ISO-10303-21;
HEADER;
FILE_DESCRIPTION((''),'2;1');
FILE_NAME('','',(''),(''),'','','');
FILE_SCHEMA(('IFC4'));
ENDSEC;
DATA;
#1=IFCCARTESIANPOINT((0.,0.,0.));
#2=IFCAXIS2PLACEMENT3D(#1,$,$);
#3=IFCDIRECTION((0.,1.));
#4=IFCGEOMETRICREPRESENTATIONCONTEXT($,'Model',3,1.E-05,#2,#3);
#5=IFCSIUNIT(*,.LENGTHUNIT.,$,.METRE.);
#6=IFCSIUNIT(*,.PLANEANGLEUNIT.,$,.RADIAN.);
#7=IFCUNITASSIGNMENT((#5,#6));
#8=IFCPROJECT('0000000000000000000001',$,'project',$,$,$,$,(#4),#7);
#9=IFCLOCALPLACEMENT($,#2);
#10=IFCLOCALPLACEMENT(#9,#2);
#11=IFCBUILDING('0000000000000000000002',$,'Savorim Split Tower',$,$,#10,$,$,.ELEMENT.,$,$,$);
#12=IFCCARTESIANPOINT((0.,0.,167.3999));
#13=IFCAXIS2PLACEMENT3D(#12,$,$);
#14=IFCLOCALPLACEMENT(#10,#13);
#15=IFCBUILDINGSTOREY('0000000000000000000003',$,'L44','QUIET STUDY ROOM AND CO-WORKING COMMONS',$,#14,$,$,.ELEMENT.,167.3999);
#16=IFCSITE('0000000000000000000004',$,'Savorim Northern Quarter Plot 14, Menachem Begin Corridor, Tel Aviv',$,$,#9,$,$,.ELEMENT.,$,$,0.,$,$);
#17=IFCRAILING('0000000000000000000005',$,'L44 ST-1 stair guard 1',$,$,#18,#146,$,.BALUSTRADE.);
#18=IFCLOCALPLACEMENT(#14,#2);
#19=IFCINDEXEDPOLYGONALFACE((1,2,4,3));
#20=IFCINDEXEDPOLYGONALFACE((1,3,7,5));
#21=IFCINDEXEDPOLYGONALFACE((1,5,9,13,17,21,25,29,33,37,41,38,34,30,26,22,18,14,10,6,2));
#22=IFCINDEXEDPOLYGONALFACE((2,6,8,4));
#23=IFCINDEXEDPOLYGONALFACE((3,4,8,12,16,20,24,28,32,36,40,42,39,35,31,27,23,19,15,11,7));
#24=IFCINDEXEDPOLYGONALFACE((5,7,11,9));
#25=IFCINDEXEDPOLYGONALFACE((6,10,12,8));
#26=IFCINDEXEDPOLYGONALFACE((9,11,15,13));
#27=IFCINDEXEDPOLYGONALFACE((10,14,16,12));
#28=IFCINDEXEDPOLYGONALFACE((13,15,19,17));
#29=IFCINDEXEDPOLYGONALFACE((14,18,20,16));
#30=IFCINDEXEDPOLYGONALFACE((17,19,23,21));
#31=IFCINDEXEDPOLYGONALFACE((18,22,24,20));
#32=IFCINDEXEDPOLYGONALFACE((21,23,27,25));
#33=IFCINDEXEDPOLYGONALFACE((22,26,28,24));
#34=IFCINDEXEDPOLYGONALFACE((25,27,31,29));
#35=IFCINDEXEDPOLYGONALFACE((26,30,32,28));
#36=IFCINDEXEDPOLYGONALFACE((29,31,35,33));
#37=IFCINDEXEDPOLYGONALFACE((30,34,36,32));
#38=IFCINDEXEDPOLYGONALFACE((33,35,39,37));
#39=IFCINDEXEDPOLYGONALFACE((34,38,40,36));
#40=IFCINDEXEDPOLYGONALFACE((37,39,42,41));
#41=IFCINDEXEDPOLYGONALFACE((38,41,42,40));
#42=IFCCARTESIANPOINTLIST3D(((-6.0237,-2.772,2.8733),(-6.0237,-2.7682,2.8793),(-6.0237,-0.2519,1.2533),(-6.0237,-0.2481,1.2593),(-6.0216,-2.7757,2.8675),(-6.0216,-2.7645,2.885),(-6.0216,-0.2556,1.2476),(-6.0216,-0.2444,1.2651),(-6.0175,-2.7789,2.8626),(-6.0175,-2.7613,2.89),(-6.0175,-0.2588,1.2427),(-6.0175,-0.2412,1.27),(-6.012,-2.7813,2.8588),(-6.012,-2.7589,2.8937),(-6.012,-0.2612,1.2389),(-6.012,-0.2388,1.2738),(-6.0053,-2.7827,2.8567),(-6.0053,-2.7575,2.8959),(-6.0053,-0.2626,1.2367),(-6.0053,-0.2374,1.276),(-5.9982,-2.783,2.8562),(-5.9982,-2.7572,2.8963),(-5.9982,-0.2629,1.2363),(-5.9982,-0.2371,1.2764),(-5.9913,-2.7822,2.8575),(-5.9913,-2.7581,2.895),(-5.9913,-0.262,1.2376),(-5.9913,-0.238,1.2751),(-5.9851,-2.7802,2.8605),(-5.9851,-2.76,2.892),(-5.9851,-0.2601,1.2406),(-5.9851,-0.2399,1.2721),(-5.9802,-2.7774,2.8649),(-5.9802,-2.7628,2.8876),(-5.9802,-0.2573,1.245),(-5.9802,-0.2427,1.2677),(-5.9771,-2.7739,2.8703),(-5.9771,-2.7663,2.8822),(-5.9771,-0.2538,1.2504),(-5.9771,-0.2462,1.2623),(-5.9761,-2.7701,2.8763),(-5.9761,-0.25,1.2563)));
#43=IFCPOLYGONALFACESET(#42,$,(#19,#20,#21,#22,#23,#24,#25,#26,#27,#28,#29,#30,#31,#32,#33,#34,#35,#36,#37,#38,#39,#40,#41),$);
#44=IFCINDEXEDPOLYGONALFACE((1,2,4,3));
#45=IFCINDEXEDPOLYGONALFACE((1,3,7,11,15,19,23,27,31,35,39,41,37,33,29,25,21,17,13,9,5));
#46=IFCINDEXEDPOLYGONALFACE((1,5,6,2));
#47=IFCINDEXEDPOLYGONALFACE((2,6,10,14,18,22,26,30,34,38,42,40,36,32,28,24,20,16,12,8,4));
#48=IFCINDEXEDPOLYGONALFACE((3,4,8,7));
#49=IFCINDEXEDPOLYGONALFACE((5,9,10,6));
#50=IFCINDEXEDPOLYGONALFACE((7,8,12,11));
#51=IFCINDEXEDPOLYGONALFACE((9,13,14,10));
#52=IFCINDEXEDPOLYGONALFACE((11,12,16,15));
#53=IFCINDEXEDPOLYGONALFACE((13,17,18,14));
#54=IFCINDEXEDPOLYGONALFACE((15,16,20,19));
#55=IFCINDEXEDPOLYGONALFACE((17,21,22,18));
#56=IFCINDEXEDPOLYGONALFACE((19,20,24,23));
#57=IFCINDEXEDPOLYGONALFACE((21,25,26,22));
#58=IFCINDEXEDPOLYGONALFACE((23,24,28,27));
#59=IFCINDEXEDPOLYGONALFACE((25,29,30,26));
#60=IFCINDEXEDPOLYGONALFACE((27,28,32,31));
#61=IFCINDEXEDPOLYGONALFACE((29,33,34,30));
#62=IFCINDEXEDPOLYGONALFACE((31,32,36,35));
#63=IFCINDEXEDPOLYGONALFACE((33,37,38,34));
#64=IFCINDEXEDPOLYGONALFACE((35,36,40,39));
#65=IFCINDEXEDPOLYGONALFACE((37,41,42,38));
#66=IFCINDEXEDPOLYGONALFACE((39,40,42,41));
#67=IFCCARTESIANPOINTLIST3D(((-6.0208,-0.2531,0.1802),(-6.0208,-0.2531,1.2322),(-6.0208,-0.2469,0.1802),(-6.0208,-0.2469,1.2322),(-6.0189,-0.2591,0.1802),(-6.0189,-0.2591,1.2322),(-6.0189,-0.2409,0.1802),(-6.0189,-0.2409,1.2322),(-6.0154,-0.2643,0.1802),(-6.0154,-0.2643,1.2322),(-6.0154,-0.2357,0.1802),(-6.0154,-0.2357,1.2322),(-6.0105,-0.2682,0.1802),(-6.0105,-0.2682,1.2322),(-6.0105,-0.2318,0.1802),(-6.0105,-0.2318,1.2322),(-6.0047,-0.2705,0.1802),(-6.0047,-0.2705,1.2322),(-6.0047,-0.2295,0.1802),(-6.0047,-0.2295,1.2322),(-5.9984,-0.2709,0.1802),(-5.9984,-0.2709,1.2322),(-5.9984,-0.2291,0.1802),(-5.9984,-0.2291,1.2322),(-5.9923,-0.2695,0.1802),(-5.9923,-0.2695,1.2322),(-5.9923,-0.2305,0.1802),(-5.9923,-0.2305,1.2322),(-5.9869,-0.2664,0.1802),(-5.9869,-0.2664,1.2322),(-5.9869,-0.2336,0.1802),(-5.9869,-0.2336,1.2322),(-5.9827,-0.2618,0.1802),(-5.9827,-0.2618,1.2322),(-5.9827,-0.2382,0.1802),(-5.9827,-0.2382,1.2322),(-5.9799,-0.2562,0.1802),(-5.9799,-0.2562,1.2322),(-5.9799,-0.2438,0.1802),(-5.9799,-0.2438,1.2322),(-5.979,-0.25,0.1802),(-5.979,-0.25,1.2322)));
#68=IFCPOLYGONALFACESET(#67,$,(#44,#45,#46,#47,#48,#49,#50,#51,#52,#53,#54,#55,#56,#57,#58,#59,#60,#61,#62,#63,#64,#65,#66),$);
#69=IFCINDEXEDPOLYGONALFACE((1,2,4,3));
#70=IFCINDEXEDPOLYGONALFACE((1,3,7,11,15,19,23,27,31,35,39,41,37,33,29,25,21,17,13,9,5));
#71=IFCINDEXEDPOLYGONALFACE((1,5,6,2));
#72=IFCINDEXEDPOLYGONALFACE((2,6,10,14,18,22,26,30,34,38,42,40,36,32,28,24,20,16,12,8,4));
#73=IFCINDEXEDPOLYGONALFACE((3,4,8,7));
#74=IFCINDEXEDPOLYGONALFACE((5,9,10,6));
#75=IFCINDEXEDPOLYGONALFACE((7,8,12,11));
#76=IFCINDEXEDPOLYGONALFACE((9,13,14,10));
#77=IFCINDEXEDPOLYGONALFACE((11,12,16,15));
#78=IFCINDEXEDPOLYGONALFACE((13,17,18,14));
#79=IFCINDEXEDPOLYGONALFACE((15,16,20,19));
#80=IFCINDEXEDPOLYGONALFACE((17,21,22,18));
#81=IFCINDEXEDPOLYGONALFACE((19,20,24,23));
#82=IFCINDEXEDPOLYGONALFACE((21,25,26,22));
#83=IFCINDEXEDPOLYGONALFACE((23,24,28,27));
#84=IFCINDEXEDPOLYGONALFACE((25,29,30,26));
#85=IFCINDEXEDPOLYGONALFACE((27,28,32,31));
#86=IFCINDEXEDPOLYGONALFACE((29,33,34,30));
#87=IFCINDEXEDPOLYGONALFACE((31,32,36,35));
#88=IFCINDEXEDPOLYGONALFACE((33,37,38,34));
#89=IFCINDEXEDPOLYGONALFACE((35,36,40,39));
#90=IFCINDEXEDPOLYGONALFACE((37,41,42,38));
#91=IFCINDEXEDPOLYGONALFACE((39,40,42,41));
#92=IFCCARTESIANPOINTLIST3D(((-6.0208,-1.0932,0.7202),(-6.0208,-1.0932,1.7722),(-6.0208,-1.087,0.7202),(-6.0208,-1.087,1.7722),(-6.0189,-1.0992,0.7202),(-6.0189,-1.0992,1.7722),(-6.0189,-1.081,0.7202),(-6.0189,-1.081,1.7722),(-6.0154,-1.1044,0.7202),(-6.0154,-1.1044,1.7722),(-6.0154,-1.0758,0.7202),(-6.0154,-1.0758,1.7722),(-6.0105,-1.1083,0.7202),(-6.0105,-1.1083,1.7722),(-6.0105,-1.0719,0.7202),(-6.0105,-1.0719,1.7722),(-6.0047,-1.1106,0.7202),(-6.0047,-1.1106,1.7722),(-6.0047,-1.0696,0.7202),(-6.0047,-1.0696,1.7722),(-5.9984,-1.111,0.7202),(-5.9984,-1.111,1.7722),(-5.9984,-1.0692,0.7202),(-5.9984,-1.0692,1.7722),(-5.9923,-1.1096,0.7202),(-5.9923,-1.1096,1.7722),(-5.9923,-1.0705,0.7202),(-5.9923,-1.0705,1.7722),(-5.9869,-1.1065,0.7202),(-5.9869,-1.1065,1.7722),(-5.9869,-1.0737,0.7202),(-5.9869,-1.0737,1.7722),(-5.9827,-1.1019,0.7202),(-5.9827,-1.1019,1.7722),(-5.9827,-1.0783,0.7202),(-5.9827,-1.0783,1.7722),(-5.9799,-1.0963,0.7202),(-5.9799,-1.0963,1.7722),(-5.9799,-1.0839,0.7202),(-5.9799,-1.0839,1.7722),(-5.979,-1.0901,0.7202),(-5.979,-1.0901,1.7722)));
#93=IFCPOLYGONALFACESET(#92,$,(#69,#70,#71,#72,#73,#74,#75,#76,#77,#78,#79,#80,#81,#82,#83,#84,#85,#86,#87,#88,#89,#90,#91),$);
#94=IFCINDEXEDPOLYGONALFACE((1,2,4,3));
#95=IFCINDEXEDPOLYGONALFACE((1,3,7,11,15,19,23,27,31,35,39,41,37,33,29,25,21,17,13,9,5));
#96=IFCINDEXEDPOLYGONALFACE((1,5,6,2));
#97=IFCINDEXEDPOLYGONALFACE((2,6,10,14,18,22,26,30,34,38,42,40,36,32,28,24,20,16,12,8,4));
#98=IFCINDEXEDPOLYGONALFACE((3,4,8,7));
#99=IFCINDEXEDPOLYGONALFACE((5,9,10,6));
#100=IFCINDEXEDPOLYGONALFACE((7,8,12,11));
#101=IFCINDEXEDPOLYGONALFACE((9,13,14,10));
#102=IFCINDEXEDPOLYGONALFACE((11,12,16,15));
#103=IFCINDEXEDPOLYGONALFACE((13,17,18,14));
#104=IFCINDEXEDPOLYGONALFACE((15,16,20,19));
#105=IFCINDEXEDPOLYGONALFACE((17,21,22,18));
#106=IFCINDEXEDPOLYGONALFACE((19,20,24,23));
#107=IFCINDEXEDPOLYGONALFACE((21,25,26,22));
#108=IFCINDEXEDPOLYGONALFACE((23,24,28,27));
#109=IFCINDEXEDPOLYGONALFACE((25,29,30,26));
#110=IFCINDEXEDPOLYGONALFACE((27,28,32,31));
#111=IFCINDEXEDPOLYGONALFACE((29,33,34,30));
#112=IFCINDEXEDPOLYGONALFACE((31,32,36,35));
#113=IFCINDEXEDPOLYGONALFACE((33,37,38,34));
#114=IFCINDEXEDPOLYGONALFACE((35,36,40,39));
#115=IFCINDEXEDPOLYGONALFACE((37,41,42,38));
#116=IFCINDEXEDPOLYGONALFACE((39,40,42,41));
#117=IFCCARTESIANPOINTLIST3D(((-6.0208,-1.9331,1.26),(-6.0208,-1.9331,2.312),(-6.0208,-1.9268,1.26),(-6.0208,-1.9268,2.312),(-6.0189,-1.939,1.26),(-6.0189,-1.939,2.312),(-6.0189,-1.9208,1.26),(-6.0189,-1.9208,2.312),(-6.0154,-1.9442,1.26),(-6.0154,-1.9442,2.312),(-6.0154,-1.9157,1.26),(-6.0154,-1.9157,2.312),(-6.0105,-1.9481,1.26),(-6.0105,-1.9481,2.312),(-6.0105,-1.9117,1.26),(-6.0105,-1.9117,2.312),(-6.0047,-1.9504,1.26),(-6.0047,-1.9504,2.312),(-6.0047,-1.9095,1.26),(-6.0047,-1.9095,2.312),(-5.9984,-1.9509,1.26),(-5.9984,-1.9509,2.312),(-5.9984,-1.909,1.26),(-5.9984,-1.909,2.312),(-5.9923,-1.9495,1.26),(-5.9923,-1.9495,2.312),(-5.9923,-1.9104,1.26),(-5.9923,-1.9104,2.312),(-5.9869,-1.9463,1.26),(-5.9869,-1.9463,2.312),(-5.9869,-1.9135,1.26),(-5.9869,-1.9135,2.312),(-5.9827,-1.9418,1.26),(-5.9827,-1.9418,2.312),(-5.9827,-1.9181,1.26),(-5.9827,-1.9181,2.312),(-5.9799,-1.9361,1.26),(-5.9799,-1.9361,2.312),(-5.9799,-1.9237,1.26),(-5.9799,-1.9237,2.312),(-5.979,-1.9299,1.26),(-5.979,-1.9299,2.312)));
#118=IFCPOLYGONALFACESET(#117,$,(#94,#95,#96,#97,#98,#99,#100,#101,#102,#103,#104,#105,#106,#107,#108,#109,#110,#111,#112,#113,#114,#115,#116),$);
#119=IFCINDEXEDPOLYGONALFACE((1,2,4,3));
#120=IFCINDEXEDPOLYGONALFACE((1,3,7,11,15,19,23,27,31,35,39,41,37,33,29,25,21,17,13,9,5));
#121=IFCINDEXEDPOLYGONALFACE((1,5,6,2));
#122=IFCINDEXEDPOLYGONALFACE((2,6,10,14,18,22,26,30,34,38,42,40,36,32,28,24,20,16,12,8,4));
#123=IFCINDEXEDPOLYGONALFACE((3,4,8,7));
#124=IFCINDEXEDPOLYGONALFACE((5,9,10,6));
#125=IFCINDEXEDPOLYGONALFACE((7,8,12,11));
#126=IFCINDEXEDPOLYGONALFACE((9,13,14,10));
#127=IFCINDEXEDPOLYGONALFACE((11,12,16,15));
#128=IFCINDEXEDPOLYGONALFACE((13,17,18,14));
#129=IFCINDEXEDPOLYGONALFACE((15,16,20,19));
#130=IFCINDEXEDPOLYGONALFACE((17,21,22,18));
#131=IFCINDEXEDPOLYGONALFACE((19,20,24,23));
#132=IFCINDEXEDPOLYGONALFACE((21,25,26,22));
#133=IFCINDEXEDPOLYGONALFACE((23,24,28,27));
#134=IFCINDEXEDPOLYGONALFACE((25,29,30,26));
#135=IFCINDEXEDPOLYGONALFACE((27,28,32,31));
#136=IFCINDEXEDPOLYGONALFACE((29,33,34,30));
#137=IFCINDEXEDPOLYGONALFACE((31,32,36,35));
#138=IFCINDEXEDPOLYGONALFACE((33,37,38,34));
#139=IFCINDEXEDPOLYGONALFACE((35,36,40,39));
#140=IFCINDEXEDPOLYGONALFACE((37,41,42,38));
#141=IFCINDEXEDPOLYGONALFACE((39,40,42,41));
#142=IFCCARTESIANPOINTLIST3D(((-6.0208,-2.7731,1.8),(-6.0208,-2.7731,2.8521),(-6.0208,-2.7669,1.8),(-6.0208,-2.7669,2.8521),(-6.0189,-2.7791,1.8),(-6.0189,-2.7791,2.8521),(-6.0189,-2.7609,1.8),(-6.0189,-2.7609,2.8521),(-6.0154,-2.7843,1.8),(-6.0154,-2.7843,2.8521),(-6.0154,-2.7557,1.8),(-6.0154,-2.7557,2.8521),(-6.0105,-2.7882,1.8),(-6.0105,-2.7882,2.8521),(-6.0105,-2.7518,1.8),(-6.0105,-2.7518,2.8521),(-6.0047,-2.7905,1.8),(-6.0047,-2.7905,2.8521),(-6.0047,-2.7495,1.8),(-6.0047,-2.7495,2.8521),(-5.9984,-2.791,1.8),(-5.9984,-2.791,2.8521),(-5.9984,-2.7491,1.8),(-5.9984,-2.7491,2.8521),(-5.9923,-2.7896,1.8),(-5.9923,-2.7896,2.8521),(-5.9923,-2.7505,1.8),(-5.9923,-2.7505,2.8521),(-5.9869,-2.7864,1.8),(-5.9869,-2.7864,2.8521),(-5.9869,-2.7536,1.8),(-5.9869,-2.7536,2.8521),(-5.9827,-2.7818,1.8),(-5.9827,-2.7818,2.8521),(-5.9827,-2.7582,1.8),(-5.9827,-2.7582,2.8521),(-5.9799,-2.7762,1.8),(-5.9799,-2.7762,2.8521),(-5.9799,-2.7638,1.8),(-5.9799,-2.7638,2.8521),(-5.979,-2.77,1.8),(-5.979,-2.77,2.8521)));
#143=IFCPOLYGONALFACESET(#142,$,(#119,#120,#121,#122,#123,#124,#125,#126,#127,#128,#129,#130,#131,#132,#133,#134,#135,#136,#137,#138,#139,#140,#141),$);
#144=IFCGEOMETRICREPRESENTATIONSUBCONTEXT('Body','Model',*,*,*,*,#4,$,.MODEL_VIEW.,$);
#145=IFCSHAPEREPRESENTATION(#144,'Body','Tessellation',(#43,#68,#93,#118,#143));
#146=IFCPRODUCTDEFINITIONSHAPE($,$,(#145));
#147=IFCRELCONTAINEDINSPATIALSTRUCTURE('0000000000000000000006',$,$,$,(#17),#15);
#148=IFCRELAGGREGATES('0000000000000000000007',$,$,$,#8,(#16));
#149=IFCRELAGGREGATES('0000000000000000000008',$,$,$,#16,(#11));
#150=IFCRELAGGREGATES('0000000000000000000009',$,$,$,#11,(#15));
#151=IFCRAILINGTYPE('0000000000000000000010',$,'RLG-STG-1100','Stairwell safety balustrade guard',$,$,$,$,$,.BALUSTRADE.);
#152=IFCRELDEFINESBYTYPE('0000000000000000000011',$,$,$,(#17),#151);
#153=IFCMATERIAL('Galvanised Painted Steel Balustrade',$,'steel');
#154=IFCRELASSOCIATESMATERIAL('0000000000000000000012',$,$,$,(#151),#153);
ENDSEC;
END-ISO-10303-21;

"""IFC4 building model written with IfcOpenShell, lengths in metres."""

from ifc_helpers import new_model, si_unit, direction, frame, origin, origin_2d, place, context, subcontext, project, spatial, circle, extrude, material, type_object, element, save


model = new_model("IFC4")

# Units and contexts
model_context = context("Model", 3, precision=1e-05, world=origin(), true_north=direction((0.0, 1.0)))
body_context = subcontext(model_context, "Body", "Model", "MODEL_VIEW")
ifc_project = project(units=[si_unit("LENGTHUNIT", "METRE"), si_unit("PLANEANGLEUNIT", "RADIAN")], contexts=[model_context])

# Site, building, storey
site_placement = place(None, origin())
site = spatial("IfcSite", under=ifc_project, at=site_placement, Name="Savorim Northern Quarter Plot 14, Menachem Begin Corridor, Tel Aviv", CompositionType="ELEMENT", RefElevation=0.0)
building_placement = place(site_placement, origin())
building = spatial("IfcBuilding", under=site, at=building_placement, Name="Savorim Split Tower", CompositionType="ELEMENT")
storey_placement = place(building_placement, frame((0.0, 0.0, 167.3999)))
storey = spatial("IfcBuildingStorey", under=building, at=storey_placement, Name="L44", Description="QUIET STUDY ROOM AND CO-WORKING COMMONS", CompositionType="ELEMENT", Elevation=167.3999)

# Railing
ifc_material_1 = material(Name="Galvanised Painted Steel Balustrade", Category="steel")
railing_type_1 = type_object("IfcRailingType", Name="RLG-STG-1100", Description="Stairwell safety balustrade guard", PredefinedType="BALUSTRADE", material=ifc_material_1)
railing_1_placement = place(storey_placement, frame((-6.0, -0.25, 0.1802)))
element("IfcRailing", 1, at=railing_1_placement, inside=storey, type_object=railing_type_1, Name="L44 ST-1 stair guard 1", PredefinedType="BALUSTRADE", context=body_context, shape_type="SweptSolid", body=[
    extrude(circle(Radius=0.0239, at=origin_2d()), frame((0.0, 0.0, 1.0762), z_axis=(0.0, -0.8412, 0.540725), x_axis=(1.0, 0.0, 0.0)), (0.0, 0.0, 1.0), 2.9958),
    extrude(circle(Radius=0.021, at=origin_2d()), origin(), (0.0, 0.0, 1.0), 1.052),
    extrude(circle(Radius=0.021, at=origin_2d()), frame((0.0, -0.8401, 0.54)), (0.0, 0.0, 1.0), 1.052),
    extrude(circle(Radius=0.021, at=origin_2d()), frame((0.0, -1.6799, 1.0798)), (0.0, 0.0, 1.0), 1.052),
    extrude(circle(Radius=0.021, at=origin_2d()), frame((0.0, -2.52, 1.6199)), (0.0, 0.0, 1.0), 1.052),
])

save(model, "model.ifc")
